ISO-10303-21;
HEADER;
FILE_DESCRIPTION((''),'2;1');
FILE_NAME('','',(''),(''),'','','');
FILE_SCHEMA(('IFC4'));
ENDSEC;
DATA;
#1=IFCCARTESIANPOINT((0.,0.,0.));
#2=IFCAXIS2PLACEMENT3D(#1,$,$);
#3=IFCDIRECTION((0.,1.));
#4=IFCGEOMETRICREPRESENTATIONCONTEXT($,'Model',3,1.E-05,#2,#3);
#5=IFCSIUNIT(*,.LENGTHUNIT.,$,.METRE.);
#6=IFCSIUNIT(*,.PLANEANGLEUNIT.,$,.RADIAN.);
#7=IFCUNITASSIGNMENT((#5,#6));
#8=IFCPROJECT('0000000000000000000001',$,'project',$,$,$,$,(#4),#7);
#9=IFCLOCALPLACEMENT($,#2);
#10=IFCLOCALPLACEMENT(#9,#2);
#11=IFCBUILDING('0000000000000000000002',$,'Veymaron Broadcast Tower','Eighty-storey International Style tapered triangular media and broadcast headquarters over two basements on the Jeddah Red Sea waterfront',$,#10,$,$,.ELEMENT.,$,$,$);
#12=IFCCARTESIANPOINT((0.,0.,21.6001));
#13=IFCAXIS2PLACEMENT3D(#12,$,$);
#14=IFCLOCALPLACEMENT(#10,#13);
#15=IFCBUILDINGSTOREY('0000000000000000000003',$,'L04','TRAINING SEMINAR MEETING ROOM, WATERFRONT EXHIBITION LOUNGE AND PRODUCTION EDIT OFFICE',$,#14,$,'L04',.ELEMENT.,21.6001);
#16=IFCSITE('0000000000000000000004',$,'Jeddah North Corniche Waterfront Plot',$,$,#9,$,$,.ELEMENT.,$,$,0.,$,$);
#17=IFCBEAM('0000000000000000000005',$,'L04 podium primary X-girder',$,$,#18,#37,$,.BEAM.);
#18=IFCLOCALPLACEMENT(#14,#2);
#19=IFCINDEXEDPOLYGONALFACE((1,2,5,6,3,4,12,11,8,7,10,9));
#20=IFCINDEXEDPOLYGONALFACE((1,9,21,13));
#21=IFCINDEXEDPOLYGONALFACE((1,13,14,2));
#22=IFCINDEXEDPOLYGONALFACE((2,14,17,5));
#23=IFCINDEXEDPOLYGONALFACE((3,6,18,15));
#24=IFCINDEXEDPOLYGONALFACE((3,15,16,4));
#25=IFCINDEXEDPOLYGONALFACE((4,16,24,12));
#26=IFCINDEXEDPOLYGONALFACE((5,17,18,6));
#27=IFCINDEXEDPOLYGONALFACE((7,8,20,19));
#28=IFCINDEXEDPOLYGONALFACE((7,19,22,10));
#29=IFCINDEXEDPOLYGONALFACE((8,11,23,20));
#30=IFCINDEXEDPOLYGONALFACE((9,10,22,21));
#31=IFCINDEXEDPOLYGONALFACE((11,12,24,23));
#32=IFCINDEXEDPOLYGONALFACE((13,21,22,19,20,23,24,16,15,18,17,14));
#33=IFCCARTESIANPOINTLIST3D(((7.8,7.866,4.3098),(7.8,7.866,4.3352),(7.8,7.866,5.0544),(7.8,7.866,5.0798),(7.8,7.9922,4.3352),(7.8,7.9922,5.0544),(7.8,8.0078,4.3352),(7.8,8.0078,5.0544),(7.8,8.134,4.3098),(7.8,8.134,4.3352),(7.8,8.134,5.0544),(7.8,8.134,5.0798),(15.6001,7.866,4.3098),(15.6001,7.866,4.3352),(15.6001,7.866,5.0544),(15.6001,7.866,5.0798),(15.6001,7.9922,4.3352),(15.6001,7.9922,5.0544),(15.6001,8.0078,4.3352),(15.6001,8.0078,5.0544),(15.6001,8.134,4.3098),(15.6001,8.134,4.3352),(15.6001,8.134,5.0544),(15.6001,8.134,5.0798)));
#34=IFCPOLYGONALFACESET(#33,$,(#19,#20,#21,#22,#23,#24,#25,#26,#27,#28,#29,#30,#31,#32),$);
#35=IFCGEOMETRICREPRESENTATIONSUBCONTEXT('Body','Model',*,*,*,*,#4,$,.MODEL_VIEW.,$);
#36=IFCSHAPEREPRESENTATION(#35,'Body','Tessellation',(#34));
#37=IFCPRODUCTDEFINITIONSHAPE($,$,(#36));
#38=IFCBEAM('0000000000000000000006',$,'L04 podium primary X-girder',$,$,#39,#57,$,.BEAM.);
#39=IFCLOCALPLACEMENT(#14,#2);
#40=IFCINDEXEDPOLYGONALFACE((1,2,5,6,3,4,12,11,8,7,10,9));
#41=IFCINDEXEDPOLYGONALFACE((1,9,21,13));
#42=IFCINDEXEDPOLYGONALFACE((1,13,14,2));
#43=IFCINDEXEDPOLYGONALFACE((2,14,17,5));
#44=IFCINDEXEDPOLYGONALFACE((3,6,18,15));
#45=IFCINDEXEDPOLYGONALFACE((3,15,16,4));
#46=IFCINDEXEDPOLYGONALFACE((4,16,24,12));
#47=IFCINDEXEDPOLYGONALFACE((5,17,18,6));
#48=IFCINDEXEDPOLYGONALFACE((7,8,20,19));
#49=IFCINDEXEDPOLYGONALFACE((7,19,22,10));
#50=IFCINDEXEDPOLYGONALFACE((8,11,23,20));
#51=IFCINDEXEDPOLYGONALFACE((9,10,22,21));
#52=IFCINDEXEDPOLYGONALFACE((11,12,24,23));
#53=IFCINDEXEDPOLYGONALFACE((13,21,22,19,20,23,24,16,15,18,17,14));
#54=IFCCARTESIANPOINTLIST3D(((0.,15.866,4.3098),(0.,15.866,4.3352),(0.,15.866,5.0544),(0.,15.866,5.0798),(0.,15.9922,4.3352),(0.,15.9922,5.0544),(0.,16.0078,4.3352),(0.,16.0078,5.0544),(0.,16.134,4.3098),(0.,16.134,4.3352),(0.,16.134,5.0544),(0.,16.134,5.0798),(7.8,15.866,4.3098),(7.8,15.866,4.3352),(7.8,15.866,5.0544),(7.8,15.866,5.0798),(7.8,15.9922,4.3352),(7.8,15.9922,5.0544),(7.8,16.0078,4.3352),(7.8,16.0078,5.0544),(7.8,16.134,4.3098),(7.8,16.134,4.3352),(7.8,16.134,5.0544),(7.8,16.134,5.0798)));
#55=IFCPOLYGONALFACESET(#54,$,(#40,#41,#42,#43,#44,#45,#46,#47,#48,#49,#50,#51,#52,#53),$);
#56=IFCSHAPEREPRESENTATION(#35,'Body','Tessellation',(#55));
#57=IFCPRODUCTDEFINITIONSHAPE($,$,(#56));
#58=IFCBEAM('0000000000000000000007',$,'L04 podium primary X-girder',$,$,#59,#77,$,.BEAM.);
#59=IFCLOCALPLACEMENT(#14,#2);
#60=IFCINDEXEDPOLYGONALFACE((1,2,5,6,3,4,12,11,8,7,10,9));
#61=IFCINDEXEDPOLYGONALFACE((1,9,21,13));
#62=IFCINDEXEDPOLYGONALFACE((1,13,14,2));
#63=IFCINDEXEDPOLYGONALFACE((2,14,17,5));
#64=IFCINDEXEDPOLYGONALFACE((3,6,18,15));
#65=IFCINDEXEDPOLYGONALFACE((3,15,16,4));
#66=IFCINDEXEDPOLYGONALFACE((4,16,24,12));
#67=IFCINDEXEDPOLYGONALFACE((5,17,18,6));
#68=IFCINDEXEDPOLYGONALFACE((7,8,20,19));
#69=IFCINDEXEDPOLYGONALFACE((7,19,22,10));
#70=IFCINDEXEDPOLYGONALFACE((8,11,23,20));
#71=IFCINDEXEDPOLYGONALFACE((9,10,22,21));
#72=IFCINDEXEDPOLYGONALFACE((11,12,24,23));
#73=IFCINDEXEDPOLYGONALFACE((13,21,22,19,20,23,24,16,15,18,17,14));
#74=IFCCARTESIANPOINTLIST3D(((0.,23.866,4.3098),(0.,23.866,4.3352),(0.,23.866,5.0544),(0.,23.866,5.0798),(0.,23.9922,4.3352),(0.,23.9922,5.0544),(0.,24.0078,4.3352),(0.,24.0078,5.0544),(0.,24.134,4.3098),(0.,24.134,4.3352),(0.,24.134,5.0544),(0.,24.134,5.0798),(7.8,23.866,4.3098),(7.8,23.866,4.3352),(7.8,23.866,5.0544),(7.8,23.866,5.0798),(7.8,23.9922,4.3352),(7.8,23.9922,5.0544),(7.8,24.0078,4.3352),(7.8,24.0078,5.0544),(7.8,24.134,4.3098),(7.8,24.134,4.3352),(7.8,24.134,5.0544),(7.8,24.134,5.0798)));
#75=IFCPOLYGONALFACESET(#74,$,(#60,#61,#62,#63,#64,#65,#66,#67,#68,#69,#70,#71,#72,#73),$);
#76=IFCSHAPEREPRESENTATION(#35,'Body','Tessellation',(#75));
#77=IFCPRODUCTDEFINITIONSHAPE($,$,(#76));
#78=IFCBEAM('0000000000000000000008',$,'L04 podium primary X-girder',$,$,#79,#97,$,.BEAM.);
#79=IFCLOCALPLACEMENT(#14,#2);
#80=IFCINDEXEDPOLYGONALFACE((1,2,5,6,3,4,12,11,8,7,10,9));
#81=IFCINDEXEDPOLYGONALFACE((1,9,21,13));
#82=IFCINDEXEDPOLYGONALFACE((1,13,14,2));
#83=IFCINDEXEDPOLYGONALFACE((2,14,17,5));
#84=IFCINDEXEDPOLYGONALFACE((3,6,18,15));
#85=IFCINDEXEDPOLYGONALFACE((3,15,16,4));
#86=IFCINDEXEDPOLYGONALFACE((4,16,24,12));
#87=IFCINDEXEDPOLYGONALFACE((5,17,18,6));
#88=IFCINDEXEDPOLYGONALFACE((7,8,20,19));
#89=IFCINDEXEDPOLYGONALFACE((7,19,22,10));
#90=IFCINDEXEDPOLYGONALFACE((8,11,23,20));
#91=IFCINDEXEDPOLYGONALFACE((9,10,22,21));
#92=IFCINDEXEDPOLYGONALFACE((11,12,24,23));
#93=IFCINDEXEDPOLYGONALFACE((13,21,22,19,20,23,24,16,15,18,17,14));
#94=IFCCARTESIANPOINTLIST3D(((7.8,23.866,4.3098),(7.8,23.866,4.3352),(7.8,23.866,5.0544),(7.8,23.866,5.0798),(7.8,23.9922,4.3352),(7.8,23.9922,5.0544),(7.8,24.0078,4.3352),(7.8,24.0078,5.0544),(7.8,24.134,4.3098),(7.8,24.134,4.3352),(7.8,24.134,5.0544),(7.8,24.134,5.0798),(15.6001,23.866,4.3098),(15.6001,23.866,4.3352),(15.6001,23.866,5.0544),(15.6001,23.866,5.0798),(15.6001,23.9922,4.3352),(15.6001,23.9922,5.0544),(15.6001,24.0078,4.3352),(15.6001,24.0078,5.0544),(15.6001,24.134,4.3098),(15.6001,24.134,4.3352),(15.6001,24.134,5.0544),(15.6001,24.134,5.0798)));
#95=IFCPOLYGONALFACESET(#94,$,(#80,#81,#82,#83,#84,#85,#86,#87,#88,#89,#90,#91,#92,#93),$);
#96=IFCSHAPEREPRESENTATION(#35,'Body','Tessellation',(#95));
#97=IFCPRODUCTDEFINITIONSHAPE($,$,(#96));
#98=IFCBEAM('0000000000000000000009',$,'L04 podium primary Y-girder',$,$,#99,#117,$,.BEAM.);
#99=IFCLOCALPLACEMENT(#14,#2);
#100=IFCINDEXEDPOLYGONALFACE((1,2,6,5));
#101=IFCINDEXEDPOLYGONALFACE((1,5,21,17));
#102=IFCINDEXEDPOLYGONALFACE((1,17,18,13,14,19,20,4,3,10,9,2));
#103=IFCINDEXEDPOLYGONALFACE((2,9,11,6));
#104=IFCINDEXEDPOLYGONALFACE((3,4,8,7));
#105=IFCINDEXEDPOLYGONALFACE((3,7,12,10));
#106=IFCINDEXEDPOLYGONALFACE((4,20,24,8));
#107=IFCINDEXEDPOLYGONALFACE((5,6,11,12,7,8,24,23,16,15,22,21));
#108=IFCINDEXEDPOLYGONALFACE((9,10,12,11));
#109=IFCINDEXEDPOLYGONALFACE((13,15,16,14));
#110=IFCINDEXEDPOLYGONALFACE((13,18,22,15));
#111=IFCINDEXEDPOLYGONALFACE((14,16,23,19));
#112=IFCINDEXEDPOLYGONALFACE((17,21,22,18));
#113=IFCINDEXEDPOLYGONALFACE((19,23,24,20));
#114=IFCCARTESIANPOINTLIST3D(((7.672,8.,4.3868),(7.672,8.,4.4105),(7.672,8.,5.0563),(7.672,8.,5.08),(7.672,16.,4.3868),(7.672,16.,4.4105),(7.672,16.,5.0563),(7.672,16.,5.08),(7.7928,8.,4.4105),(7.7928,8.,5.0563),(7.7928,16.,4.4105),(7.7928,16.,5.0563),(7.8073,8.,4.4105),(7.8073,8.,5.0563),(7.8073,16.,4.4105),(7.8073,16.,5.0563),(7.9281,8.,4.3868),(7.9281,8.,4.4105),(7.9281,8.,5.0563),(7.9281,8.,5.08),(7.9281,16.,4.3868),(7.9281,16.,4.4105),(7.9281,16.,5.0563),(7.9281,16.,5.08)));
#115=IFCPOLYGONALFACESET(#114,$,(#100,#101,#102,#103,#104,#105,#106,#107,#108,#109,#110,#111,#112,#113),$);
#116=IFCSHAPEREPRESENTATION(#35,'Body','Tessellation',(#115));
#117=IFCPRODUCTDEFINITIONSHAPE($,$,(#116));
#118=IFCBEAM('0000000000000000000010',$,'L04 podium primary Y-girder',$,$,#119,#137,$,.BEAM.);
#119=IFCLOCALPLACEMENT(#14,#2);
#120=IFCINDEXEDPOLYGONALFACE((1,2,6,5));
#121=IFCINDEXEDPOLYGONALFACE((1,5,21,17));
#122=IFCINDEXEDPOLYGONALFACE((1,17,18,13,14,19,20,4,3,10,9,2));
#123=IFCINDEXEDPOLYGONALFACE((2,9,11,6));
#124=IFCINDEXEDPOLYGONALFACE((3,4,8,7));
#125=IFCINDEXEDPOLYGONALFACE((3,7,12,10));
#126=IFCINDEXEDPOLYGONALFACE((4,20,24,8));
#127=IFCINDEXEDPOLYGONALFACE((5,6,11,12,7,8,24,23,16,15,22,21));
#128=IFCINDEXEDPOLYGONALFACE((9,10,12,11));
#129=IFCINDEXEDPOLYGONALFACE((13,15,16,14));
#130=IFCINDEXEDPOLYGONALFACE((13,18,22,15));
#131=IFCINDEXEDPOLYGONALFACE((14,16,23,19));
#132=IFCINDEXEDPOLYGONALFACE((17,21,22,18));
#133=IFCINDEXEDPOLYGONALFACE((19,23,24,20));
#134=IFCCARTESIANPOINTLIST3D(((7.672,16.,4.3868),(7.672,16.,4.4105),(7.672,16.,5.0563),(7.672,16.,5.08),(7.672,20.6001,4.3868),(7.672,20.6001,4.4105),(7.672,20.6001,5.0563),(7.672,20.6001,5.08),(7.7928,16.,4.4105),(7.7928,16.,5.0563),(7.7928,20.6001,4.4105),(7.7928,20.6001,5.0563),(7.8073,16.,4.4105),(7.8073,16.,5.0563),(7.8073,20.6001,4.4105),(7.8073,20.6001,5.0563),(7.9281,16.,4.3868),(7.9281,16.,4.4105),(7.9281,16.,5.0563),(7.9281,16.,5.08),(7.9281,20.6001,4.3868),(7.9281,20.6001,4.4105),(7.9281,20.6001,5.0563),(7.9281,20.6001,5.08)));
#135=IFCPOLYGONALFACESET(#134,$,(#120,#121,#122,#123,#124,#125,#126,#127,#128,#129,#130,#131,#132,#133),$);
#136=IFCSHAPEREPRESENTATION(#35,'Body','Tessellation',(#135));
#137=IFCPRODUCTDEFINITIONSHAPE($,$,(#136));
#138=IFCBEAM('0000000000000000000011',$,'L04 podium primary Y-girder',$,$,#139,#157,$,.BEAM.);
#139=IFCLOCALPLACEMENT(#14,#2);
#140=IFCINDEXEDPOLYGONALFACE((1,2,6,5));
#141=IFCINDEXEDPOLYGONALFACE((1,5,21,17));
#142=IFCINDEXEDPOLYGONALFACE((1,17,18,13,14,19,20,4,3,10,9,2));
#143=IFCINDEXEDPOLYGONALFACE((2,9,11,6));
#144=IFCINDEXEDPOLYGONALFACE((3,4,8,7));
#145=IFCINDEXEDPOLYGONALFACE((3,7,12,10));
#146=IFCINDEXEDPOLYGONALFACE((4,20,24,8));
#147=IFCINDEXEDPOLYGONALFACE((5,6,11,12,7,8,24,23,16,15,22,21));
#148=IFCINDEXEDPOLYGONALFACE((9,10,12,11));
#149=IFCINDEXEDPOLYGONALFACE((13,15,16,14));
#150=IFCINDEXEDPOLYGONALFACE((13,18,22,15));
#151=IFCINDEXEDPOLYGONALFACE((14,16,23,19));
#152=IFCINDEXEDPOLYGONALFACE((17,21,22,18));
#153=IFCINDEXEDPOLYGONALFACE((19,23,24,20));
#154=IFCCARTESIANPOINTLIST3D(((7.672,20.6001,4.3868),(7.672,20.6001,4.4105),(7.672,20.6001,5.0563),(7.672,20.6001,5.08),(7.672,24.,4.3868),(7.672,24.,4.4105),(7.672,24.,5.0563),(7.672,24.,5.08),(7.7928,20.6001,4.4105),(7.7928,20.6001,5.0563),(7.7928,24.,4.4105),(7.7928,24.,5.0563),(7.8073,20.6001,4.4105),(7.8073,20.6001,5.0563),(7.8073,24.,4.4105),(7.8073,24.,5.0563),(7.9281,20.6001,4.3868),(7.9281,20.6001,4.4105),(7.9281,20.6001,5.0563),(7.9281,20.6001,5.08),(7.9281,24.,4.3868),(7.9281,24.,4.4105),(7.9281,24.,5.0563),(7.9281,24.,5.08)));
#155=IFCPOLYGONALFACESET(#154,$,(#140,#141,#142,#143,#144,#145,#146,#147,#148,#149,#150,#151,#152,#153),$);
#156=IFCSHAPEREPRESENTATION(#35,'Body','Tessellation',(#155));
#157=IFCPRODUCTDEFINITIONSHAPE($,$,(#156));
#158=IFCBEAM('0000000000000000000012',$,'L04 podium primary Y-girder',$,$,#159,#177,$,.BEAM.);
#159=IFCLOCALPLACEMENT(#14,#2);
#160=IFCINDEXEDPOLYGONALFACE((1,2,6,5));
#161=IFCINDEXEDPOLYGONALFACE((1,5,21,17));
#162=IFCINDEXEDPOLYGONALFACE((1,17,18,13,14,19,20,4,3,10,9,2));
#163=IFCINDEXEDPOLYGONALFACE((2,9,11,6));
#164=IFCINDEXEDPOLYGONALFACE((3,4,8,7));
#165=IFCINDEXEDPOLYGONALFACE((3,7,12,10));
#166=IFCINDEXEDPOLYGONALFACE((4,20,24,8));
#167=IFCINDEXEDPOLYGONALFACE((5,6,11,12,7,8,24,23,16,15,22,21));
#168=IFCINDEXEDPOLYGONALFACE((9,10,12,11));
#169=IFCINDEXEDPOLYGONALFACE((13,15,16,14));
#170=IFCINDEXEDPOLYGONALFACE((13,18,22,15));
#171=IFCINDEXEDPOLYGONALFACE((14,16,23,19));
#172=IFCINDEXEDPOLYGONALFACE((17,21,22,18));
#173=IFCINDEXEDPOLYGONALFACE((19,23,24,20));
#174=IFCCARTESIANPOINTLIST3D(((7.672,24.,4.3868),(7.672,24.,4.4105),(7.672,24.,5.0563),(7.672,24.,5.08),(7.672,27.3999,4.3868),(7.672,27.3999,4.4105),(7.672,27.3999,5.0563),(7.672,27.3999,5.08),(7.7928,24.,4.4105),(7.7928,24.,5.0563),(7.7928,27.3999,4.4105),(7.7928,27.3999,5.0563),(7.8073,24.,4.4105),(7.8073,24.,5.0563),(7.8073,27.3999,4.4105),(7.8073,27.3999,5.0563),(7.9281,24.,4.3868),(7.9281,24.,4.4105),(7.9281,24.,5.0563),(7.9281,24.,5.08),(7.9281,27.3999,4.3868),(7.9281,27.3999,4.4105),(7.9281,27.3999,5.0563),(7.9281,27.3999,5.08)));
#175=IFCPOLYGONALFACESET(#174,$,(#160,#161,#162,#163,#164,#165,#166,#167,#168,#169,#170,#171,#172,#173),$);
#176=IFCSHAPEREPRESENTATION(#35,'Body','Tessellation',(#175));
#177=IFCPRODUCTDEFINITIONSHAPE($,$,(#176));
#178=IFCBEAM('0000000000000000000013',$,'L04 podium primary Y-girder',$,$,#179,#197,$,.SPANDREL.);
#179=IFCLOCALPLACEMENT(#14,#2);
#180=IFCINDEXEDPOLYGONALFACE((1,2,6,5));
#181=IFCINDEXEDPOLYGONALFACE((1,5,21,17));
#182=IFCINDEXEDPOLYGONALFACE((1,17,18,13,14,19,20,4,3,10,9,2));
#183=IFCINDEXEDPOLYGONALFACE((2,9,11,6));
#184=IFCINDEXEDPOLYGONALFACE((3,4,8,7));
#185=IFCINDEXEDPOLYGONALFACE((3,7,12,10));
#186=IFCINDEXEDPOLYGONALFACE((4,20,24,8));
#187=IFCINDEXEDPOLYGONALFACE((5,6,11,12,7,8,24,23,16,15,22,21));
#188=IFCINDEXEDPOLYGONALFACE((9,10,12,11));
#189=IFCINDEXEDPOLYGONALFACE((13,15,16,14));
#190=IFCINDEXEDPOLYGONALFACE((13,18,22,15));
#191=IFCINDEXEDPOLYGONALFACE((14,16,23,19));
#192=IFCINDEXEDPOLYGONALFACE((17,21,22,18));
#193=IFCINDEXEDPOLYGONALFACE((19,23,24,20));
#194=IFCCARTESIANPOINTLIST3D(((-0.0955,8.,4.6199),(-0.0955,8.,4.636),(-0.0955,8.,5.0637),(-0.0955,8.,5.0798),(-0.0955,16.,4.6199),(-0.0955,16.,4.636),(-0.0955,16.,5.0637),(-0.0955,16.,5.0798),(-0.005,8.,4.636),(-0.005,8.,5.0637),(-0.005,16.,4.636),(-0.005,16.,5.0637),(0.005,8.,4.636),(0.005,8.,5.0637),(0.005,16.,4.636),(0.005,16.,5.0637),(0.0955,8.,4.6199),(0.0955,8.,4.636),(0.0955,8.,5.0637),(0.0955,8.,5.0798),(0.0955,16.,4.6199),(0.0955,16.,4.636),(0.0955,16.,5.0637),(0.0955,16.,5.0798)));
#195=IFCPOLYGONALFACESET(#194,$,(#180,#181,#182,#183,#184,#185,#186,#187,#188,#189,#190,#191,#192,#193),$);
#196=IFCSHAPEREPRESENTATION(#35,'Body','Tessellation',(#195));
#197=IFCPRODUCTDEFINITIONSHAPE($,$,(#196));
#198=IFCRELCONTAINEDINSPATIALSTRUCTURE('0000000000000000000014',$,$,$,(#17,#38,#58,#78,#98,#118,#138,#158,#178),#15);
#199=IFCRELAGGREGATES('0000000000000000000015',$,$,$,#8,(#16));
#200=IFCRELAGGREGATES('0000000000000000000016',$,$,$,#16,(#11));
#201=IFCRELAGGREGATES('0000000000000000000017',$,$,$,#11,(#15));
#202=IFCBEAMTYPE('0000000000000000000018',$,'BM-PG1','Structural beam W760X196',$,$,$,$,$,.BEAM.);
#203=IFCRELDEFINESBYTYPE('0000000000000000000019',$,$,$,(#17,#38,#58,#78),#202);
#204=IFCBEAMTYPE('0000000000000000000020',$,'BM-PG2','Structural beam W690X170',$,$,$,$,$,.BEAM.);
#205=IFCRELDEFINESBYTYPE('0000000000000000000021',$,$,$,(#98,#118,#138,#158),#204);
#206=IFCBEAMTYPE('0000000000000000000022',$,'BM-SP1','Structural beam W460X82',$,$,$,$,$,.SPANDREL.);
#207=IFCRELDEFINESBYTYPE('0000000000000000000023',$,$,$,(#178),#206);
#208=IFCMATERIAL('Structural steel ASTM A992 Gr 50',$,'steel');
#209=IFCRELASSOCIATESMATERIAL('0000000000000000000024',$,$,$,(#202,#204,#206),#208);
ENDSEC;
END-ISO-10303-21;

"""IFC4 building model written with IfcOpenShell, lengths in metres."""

from ifc_helpers import new_model, si_unit, direction, frame, origin, origin_2d, place, context, subcontext, project, spatial, i_section, extrude, material, material_profile, profile_set, type_object, element, save


model = new_model("IFC4")

# Units and contexts
model_context = context("Model", 3, precision=1e-05, world=origin(), true_north=direction((0.0, 1.0)))
body_context = subcontext(model_context, "Body", "Model", "MODEL_VIEW")
ifc_project = project(units=[si_unit("LENGTHUNIT", "METRE"), si_unit("PLANEANGLEUNIT", "RADIAN")], contexts=[model_context])

# Site, building, storey
site_placement = place(None, origin())
site = spatial("IfcSite", under=ifc_project, at=site_placement, Name="Jeddah North Corniche Waterfront Plot", CompositionType="ELEMENT", RefElevation=0.0)
building_placement = place(site_placement, origin())
building = spatial("IfcBuilding", under=site, at=building_placement, Name="Veymaron Broadcast Tower", Description="Eighty-storey International Style tapered triangular media and broadcast headquarters over two basements on the Jeddah Red Sea waterfront", CompositionType="ELEMENT")
storey_placement = place(building_placement, frame((0.0, 0.0, 21.6001)))
storey = spatial("IfcBuildingStorey", under=building, at=storey_placement, Name="L04", Description="TRAINING SEMINAR MEETING ROOM, WATERFRONT EXHIBITION LOUNGE AND PRODUCTION EDIT OFFICE", LongName="L04", CompositionType="ELEMENT", Elevation=21.6001)

# Beams
ifc_material_1 = material(Name="Structural steel ASTM A992 Gr 50", Category="steel")
ifc_material_profile_1 = material_profile(ifc_material_1, i_section(OverallWidth=0.2681, OverallDepth=0.77, WebThickness=0.0156, FlangeThickness=0.0254, at=origin_2d()), Name="W760X196")
ifc_profile_set_1 = profile_set([ifc_material_profile_1], Name="Structural steel ASTM A992 Gr 50")
beam_type_1 = type_object("IfcBeamType", Name="BM-PG1", Description="Structural beam W760X196", PredefinedType="BEAM", material=ifc_profile_set_1)
for number, where, z_axis, x_axis, name in (
    (1, (7.8, 8.0, 4.6948), (1.0, 0.0, 0.0), (0.0, 1.0, 0.0), "L04 podium primary X-girder"),
    (2, (0.0, 16.0, 4.6948), (1.0, 0.0, 0.0), (0.0, 1.0, 0.0), "L04 podium primary X-girder"),
    (3, (0.0, 24.0, 4.6948), (1.0, 0.0, 0.0), (0.0, 1.0, 0.0), "L04 podium primary X-girder"),
    (4, (7.8, 24.0, 4.6948), (1.0, 0.0, 0.0), (0.0, 1.0, 0.0), "L04 podium primary X-girder"),
):
    element("IfcBeam", number, at=place(storey_placement, frame(where, z_axis=z_axis, x_axis=x_axis)), inside=storey, type_object=beam_type_1, Name=name, PredefinedType="BEAM", context=body_context, shape_type="SweptSolid", body=[
        extrude(i_section(OverallWidth=0.2681, OverallDepth=0.77, WebThickness=0.0156, FlangeThickness=0.0254, at=origin_2d()), origin(), (0.0, 0.0, 1.0), 7.8),
    ])
ifc_material_profile_2 = material_profile(ifc_material_1, i_section(OverallWidth=0.2561, OverallDepth=0.6931, WebThickness=0.0144, FlangeThickness=0.0237, at=origin_2d()), Name="W690X170")
ifc_profile_set_2 = profile_set([ifc_material_profile_2], Name="Structural steel ASTM A992 Gr 50")
beam_type_2 = type_object("IfcBeamType", Name="BM-PG2", Description="Structural beam W690X170", PredefinedType="BEAM", material=ifc_profile_set_2)
beam_1_placement = place(storey_placement, frame((7.8, 8.0, 4.7334), z_axis=(0.0, 1.0, 0.0), x_axis=(-1.0, 0.0, 0.0)))
element("IfcBeam", 5, at=beam_1_placement, inside=storey, type_object=beam_type_2, Name="L04 podium primary Y-girder", PredefinedType="BEAM", context=body_context, shape_type="SweptSolid", body=[
    extrude(i_section(OverallWidth=0.2561, OverallDepth=0.6931, WebThickness=0.0144, FlangeThickness=0.0237, at=origin_2d()), origin(), (0.0, 0.0, 1.0), 8.0),
])
beam_2_placement = place(storey_placement, frame((7.8, 16.0, 4.7334), z_axis=(0.0, 1.0, 0.0), x_axis=(-1.0, 0.0, 0.0)))
element("IfcBeam", 6, at=beam_2_placement, inside=storey, type_object=beam_type_2, Name="L04 podium primary Y-girder", PredefinedType="BEAM", context=body_context, shape_type="SweptSolid", body=[
    extrude(i_section(OverallWidth=0.2561, OverallDepth=0.6931, WebThickness=0.0144, FlangeThickness=0.0237, at=origin_2d()), origin(), (0.0, 0.0, 1.0), 4.6001),
])
for number, where, z_axis, x_axis, name in (
    (7, (7.8, 20.6001, 4.7334), (0.0, 1.0, 0.0), (-1.0, 0.0, 0.0), "L04 podium primary Y-girder"),
    (8, (7.8, 24.0, 4.7334), (0.0, 1.0, 0.0), (-1.0, 0.0, 0.0), "L04 podium primary Y-girder"),
):
    element("IfcBeam", number, at=place(storey_placement, frame(where, z_axis=z_axis, x_axis=x_axis)), inside=storey, type_object=beam_type_2, Name=name, PredefinedType="BEAM", context=body_context, shape_type="SweptSolid", body=[
        extrude(i_section(OverallWidth=0.2561, OverallDepth=0.6931, WebThickness=0.0144, FlangeThickness=0.0237, at=origin_2d()), origin(), (0.0, 0.0, 1.0), 3.3999),
    ])
ifc_material_profile_3 = material_profile(ifc_material_1, i_section(OverallWidth=0.1909, OverallDepth=0.46, WebThickness=0.01, FlangeThickness=0.0161, at=origin_2d()), Name="W460X82")
ifc_profile_set_3 = profile_set([ifc_material_profile_3], Name="Structural steel ASTM A992 Gr 50")
beam_type_3 = type_object("IfcBeamType", Name="BM-SP1", Description="Structural beam W460X82", PredefinedType="SPANDREL", material=ifc_profile_set_3)
for number, where, z_axis, x_axis, name in (
    (9, (0.0, 8.0, 4.8499), (0.0, 1.0, 0.0), (-1.0, 0.0, 0.0), "L04 podium primary Y-girder"),
):
    element("IfcBeam", number, at=place(storey_placement, frame(where, z_axis=z_axis, x_axis=x_axis)), inside=storey, type_object=beam_type_3, Name=name, PredefinedType="SPANDREL", context=body_context, shape_type="SweptSolid", body=[
        extrude(i_section(OverallWidth=0.1909, OverallDepth=0.46, WebThickness=0.01, FlangeThickness=0.0161, at=origin_2d()), origin(), (0.0, 0.0, 1.0), 8.0),
    ])

save(model, "model.ifc")
